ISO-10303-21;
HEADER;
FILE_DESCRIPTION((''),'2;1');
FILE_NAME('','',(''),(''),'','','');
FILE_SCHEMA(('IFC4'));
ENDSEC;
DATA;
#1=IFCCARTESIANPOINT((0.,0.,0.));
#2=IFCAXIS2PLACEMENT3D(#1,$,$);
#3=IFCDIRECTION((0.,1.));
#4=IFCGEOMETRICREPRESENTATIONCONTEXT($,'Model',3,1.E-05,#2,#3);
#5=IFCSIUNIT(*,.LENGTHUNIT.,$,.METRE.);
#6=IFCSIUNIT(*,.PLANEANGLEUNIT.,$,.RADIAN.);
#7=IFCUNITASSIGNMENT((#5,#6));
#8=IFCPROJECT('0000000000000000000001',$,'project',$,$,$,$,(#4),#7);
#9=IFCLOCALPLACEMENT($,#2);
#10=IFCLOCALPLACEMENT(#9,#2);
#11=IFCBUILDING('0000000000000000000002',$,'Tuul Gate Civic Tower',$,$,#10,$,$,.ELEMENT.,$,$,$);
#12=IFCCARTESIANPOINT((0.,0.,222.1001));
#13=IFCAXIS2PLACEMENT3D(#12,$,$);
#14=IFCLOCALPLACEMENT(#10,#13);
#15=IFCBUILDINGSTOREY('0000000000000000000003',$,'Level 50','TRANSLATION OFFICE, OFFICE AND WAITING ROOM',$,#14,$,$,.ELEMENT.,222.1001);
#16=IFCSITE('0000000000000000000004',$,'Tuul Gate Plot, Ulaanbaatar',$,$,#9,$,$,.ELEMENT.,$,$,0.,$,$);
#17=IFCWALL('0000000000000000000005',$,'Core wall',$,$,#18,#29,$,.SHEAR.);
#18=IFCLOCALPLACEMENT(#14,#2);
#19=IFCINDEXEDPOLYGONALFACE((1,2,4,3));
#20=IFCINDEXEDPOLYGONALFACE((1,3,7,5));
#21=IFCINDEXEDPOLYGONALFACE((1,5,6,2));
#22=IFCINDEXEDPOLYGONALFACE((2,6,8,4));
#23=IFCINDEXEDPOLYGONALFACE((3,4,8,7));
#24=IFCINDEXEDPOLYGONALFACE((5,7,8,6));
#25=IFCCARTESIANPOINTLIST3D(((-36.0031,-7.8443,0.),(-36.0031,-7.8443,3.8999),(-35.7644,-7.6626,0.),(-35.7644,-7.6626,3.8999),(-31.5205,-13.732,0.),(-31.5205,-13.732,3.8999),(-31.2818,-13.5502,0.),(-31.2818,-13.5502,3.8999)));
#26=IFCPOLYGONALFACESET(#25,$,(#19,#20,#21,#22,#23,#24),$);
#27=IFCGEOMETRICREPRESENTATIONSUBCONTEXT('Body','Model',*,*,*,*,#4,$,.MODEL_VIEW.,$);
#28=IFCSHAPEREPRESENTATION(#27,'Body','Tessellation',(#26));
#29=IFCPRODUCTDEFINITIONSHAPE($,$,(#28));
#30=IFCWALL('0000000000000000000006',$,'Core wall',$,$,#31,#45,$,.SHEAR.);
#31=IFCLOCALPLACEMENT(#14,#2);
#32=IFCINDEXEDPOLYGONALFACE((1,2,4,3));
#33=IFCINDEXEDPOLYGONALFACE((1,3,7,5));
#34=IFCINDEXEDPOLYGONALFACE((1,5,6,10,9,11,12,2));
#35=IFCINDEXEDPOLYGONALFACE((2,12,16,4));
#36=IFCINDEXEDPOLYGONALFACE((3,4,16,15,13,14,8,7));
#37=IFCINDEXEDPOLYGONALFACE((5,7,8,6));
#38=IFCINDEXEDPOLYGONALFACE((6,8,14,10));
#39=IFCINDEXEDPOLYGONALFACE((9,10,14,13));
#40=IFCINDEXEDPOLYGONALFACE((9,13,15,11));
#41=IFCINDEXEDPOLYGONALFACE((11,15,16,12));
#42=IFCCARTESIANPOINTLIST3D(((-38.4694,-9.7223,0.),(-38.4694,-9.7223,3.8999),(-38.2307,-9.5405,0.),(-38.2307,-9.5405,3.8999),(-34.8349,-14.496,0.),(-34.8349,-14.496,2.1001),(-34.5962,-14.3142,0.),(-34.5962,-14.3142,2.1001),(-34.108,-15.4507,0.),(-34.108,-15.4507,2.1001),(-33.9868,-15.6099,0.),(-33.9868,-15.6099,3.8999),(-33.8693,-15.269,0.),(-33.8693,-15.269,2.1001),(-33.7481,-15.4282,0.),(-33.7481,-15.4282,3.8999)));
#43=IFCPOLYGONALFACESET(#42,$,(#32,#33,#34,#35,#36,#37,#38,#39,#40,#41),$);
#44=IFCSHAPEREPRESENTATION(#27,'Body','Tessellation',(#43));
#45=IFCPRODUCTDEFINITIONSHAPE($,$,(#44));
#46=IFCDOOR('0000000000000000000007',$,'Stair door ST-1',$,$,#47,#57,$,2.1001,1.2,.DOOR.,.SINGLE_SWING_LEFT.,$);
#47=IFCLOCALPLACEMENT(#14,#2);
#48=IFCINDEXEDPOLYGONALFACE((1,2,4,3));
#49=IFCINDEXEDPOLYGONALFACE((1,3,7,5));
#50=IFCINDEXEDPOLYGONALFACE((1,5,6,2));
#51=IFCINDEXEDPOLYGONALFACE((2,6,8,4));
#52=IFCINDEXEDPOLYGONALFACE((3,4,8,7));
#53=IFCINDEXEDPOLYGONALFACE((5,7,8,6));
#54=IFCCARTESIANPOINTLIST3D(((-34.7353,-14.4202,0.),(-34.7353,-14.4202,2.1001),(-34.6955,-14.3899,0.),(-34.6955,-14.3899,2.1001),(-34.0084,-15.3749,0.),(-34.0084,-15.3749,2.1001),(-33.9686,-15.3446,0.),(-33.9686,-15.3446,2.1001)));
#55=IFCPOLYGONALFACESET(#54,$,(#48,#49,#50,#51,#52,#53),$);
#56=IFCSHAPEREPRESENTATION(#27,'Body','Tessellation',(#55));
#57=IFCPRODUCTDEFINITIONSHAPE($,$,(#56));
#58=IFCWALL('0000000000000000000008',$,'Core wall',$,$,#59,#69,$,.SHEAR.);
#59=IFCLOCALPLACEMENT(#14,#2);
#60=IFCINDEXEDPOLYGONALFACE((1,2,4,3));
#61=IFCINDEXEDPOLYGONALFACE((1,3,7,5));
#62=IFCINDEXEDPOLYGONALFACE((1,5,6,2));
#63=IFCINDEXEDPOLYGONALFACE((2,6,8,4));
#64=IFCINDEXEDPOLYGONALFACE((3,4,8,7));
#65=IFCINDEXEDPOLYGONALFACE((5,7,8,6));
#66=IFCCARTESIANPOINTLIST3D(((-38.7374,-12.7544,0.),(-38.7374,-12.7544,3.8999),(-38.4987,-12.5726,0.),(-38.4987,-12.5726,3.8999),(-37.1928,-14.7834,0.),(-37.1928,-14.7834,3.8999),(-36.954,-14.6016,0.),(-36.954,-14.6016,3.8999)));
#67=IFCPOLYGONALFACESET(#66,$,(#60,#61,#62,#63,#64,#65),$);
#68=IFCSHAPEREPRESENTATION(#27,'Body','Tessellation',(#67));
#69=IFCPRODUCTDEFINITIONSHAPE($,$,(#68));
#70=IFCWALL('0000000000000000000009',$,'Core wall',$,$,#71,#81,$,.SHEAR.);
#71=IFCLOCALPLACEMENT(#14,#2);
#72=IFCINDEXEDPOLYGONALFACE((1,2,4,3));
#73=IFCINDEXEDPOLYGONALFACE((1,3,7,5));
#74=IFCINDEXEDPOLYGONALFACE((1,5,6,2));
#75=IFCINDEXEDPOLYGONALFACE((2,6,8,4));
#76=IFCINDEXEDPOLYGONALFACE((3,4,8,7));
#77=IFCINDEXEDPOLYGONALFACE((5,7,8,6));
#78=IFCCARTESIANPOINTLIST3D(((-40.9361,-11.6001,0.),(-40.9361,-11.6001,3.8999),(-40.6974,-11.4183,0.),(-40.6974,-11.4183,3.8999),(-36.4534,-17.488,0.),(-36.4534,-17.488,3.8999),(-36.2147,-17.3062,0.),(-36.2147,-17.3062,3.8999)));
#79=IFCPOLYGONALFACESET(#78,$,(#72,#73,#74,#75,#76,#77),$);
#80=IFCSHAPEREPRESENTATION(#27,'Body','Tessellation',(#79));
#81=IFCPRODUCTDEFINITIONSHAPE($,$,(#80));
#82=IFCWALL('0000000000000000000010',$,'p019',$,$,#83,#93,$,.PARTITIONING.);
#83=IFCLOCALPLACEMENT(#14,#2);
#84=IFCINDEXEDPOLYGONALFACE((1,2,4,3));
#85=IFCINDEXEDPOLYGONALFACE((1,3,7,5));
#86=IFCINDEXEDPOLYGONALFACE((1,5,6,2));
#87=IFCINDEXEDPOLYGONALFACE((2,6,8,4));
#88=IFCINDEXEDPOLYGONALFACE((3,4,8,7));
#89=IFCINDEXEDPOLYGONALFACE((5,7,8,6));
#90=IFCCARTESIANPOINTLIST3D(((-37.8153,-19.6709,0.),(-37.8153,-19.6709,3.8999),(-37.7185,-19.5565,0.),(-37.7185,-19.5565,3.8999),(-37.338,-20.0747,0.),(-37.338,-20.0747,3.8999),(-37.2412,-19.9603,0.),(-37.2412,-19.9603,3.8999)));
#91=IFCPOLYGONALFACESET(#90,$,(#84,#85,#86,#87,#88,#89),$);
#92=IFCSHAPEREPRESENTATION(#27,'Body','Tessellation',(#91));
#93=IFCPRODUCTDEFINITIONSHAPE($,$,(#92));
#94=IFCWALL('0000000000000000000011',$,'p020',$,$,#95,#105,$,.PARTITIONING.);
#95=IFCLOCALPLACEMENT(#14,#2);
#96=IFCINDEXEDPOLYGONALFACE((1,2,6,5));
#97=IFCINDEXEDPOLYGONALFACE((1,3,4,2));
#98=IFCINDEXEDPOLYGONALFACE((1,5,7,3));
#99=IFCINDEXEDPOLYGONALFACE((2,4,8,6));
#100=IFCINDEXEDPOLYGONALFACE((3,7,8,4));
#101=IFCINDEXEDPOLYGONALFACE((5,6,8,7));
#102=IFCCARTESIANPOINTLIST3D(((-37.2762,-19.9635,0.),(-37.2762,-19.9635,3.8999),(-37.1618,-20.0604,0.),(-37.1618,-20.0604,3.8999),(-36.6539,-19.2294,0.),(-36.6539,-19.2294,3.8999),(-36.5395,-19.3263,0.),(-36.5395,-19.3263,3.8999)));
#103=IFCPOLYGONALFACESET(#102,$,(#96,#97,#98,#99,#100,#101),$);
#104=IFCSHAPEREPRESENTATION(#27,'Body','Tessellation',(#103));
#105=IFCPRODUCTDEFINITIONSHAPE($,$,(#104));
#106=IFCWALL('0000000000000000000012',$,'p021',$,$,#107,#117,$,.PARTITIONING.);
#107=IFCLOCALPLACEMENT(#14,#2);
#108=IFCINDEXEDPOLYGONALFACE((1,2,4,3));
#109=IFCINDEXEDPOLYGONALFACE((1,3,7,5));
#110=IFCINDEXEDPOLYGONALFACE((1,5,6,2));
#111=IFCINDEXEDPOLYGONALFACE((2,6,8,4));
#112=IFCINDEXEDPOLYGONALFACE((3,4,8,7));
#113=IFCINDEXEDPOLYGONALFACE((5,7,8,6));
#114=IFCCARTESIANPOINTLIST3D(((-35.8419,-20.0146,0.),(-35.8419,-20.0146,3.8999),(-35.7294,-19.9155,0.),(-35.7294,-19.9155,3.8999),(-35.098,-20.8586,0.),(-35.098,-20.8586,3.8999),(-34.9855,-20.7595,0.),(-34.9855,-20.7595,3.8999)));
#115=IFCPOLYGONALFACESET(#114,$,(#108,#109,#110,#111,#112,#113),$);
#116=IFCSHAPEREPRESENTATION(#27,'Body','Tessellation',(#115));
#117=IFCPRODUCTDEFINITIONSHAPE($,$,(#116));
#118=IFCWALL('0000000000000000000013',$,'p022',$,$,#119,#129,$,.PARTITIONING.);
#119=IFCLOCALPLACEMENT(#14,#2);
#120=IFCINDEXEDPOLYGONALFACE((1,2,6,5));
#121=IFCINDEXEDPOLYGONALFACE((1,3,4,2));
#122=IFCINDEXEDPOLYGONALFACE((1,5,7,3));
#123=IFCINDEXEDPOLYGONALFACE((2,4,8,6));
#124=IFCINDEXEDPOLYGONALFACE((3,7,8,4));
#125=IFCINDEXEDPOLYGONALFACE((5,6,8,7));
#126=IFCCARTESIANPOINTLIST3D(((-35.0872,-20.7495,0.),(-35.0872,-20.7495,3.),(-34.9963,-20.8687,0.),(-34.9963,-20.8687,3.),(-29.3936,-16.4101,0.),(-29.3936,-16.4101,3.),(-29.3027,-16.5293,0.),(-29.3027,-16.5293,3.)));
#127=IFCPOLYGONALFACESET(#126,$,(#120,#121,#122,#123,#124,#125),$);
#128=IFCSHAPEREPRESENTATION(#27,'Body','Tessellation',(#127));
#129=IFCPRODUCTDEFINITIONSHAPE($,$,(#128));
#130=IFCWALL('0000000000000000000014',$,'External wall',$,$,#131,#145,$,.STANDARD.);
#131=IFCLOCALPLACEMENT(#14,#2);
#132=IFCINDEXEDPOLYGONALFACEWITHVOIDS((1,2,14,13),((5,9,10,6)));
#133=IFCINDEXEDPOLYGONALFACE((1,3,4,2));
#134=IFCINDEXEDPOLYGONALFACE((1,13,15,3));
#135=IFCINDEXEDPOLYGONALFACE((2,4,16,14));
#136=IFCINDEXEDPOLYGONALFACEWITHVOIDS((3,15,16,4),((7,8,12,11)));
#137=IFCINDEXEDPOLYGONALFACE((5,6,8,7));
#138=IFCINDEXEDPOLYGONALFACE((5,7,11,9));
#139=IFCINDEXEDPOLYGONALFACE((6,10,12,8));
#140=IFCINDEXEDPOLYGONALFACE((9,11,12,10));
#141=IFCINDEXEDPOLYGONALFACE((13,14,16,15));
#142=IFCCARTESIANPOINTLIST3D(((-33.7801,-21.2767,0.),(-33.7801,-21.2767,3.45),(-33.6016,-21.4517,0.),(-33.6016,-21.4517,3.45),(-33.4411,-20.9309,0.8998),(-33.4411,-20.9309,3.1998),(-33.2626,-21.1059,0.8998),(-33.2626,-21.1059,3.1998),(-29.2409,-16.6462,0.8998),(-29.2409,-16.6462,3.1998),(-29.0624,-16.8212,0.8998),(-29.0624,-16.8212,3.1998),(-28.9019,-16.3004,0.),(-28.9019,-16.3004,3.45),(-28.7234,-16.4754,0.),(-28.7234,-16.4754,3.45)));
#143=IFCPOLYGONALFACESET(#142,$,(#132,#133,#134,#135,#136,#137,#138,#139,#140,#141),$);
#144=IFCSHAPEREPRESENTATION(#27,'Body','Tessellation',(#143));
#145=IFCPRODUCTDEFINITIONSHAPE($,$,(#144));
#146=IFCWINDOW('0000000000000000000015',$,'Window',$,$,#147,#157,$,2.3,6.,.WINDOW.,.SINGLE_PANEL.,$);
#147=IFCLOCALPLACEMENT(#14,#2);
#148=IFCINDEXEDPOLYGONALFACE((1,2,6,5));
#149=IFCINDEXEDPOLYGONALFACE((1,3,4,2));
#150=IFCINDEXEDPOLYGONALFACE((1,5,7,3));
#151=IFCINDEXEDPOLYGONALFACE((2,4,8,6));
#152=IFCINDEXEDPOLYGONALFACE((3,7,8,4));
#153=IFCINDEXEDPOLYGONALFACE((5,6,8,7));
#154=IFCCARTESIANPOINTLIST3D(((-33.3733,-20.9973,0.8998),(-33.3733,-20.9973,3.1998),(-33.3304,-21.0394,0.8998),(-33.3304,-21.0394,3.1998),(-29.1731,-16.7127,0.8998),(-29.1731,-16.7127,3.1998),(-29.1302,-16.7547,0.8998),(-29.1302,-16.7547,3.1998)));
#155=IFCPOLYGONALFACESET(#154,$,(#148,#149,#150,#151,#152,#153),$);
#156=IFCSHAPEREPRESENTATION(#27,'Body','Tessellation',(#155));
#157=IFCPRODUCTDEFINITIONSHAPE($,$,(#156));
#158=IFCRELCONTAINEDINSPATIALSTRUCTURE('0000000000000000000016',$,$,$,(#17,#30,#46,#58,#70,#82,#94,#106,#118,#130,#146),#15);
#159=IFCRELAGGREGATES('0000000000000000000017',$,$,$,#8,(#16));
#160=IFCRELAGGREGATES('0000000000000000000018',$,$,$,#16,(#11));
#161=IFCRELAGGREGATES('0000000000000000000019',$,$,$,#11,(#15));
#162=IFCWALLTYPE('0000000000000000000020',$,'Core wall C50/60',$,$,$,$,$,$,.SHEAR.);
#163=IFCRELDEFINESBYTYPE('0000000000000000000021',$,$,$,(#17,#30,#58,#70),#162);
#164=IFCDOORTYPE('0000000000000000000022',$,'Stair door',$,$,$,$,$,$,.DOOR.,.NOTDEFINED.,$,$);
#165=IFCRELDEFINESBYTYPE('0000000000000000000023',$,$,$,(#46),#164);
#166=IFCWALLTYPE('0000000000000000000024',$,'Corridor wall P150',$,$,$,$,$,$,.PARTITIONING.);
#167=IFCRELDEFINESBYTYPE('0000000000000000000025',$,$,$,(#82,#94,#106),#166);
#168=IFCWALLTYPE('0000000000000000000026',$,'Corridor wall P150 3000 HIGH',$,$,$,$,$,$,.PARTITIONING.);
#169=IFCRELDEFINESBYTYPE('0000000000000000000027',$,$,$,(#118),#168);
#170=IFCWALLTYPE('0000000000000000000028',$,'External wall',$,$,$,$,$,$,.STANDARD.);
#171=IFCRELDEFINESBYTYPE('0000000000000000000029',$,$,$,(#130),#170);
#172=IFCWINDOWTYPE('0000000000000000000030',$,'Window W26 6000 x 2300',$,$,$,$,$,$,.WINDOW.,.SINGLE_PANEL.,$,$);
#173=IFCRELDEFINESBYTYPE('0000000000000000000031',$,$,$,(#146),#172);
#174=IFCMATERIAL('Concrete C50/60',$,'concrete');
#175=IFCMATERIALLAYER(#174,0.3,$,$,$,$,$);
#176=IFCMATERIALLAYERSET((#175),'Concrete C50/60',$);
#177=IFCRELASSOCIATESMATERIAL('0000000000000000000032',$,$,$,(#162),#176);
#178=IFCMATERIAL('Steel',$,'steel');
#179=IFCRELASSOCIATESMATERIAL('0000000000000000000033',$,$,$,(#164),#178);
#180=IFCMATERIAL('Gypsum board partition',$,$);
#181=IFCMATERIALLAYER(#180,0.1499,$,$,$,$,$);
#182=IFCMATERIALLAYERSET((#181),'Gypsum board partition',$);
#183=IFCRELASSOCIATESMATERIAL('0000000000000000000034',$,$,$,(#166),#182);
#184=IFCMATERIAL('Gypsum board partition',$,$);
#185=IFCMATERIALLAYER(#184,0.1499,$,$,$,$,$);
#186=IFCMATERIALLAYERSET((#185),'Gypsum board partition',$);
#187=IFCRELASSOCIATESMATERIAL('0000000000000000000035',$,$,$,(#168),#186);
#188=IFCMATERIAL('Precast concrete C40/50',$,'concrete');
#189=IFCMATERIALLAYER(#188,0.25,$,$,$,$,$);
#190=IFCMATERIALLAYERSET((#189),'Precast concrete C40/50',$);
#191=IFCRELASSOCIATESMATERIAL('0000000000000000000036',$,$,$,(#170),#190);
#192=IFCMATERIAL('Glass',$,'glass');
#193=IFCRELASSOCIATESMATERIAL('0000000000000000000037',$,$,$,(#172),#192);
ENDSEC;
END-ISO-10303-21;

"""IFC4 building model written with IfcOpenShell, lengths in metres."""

from ifc_helpers import new_model, si_unit, direction, frame, frame_2d, origin, place, context, subcontext, project, spatial, rectangle, extrude, material, layer, layer_set, type_object, element, fill, save


model = new_model("IFC4")

# Units and contexts
model_context = context("Model", 3, precision=1e-05, world=origin(), true_north=direction((0.0, 1.0)))
body_context = subcontext(model_context, "Body", "Model", "MODEL_VIEW")
ifc_project = project(units=[si_unit("LENGTHUNIT", "METRE"), si_unit("PLANEANGLEUNIT", "RADIAN")], contexts=[model_context])

# Site, building, storey
site_placement = place(None, origin())
site = spatial("IfcSite", under=ifc_project, at=site_placement, Name="Tuul Gate Plot, Ulaanbaatar", CompositionType="ELEMENT", RefElevation=0.0)
building_placement = place(site_placement, origin())
building = spatial("IfcBuilding", under=site, at=building_placement, Name="Tuul Gate Civic Tower", CompositionType="ELEMENT")
storey_placement = place(building_placement, frame((0.0, 0.0, 222.1001)))
storey = spatial("IfcBuildingStorey", under=building, at=storey_placement, Name="Level 50", Description="TRANSLATION OFFICE, OFFICE AND WAITING ROOM", CompositionType="ELEMENT", Elevation=222.1001)

# Shared definitions
ifc_material_1 = material(Name="Concrete C50/60", Category="concrete")
ifc_layer_1 = layer(ifc_material_1, 0.3)
ifc_layer_set_1 = layer_set([ifc_layer_1], Name="Concrete C50/60")
wall_type_1 = type_object("IfcWallType", Name="Core wall C50/60", PredefinedType="SHEAR", material=ifc_layer_set_1)

# Wall
wall_1_placement = place(storey_placement, frame((-31.4011, -13.6411, 0.0), z_axis=(0.0, 0.0, 1.0), x_axis=(-0.60577, 0.79564, 0.0)))
element("IfcWall", 1, at=wall_1_placement, inside=storey, type_object=wall_type_1, Name="Core wall", PredefinedType="SHEAR", context=body_context, shape_type="SweptSolid", body=[
    extrude(rectangle(XDim=7.3999, YDim=0.3, at=frame_2d((3.7, 0.0))), origin(), (0.0, 0.0, 1.0), 3.8999),
])

# Wall, opening, door
wall_2_placement = place(storey_placement, frame((-33.8674, -15.519, 0.0), z_axis=(0.0, 0.0, 1.0), x_axis=(-0.60577, 0.79564, 0.0)))
wall_2 = element("IfcWall", 2, at=wall_2_placement, inside=storey, type_object=wall_type_1, Name="Core wall", PredefinedType="SHEAR", context=body_context, shape_type="SweptSolid", body=[
    extrude(rectangle(XDim=7.3999, YDim=0.3, at=frame_2d((3.7, 0.0))), origin(), (0.0, 0.0, 1.0), 3.8999),
])
opening_1_placement = place(wall_2_placement, frame((0.2, 0.0, 0.0)))
opening_1 = element("IfcOpeningElement", 3, at=opening_1_placement, cuts=wall_2, PredefinedType="OPENING", context=body_context, shape_type="SweptSolid", body=[
    extrude(rectangle(XDim=1.2, YDim=2.1001, at=frame_2d((0.6001, 1.05))), frame((0.0, 0.1602, 0.0), z_axis=(0.0, -1.0, 0.0), x_axis=(1.0, 0.0, 0.0)), (0.0, 0.0, 1.0), 0.3201),
])
ifc_material_2 = material(Name="Steel", Category="steel")
door_type_1 = type_object("IfcDoorType", Name="Stair door", OperationType="NOTDEFINED", PredefinedType="DOOR", material=ifc_material_2)
door_1_placement = place(opening_1_placement, origin())
door_1 = element("IfcDoor", 4, at=door_1_placement, inside=storey, type_object=door_type_1, Name="Stair door ST-1", OperationType="SINGLE_SWING_LEFT", OverallHeight=2.1001, OverallWidth=1.2, PredefinedType="DOOR", context=body_context, shape_type="SweptSolid", body=[
    extrude(rectangle(XDim=1.2, YDim=2.1001, at=frame_2d((0.6001, 1.05))), frame((0.0, 0.0249, 0.0), z_axis=(0.0, -1.0, 0.0), x_axis=(1.0, 0.0, 0.0)), (0.0, 0.0, 1.0), 0.05),
])
fill(opening_1, door_1)

# Walls
wall_3_placement = place(storey_placement, frame((-37.0735, -14.6924, 0.0), z_axis=(0.0, 0.0, 1.0), x_axis=(-0.605729, 0.795671, 0.0)))
element("IfcWall", 5, at=wall_3_placement, inside=storey, type_object=wall_type_1, Name="Core wall", PredefinedType="SHEAR", context=body_context, shape_type="SweptSolid", body=[
    extrude(rectangle(XDim=2.55, YDim=0.3, at=frame_2d((1.2749, 0.0))), origin(), (0.0, 0.0, 1.0), 3.8999),
])
wall_4_placement = place(storey_placement, frame((-36.334, -17.3972, 0.0), z_axis=(0.0, 0.0, 1.0), x_axis=(-0.605754, 0.795652, 0.0)))
element("IfcWall", 6, at=wall_4_placement, inside=storey, type_object=wall_type_1, Name="Core wall", PredefinedType="SHEAR", context=body_context, shape_type="SweptSolid", body=[
    extrude(rectangle(XDim=7.4001, YDim=0.3, at=frame_2d((3.7002, 0.0))), origin(), (0.0, 0.0, 1.0), 3.8999),
])
ifc_material_3 = material(Name="Gypsum board partition")
ifc_layer_2 = layer(ifc_material_3, 0.1499)
ifc_layer_set_2 = layer_set([ifc_layer_2], Name="Gypsum board partition")
wall_type_2 = type_object("IfcWallType", Name="Corridor wall P150", PredefinedType="PARTITIONING", material=ifc_layer_set_2)
wall_5_placement = place(storey_placement, frame((-37.7668, -19.6138, 0.0), z_axis=(0.0, 0.0, 1.0), x_axis=(0.763431, -0.64589, 0.0)))
element("IfcWall", 7, at=wall_5_placement, inside=storey, type_object=wall_type_2, Name="p019", PredefinedType="PARTITIONING", context=body_context, shape_type="SweptSolid", body=[
    extrude(rectangle(XDim=0.6252, YDim=0.1499, at=frame_2d((0.3125, 0.0))), origin(), (0.0, 0.0, 1.0), 3.8999),
])
wall_6_placement = place(storey_placement, frame((-37.219, -20.012, 0.0), z_axis=(0.0, 0.0, 1.0), x_axis=(0.646624, 0.762809, 0.0)))
element("IfcWall", 8, at=wall_6_placement, inside=storey, type_object=wall_type_2, Name="p020", PredefinedType="PARTITIONING", context=body_context, shape_type="SweptSolid", body=[
    extrude(rectangle(XDim=0.9624, YDim=0.1499, at=frame_2d((0.4812, 0.0))), origin(), (0.0, 0.0, 1.0), 3.8999),
])
wall_7_placement = place(storey_placement, frame((-35.7856, -19.9651, 0.0), z_axis=(0.0, 0.0, 1.0), x_axis=(0.66122, -0.750192, 0.0)))
element("IfcWall", 9, at=wall_7_placement, inside=storey, type_object=wall_type_2, Name="p021", PredefinedType="PARTITIONING", context=body_context, shape_type="SweptSolid", body=[
    extrude(rectangle(XDim=1.125, YDim=0.1499, at=frame_2d((0.5625, 0.0))), origin(), (0.0, 0.0, 1.0), 3.8999),
])
ifc_material_4 = material(Name="Gypsum board partition")
ifc_layer_3 = layer(ifc_material_4, 0.1499)
ifc_layer_set_3 = layer_set([ifc_layer_3], Name="Gypsum board partition")
wall_type_3 = type_object("IfcWallType", Name="Corridor wall P150 3000 HIGH", PredefinedType="PARTITIONING", material=ifc_layer_set_3)
wall_8_placement = place(storey_placement, frame((-35.0417, -20.8091, 0.0), z_axis=(0.0, 0.0, 1.0), x_axis=(0.795339, 0.606164, 0.0)))
element("IfcWall", 10, at=wall_8_placement, inside=storey, type_object=wall_type_3, Name="p022", PredefinedType="PARTITIONING", context=body_context, shape_type="SweptSolid", body=[
    extrude(rectangle(XDim=7.1587, YDim=0.1499, at=frame_2d((3.5793, 0.0))), origin(), (0.0, 0.0, 1.0), 3.0),
])

# Wall, opening, window
ifc_material_5 = material(Name="Precast concrete C40/50", Category="concrete")
ifc_layer_4 = layer(ifc_material_5, 0.25)
ifc_layer_set_4 = layer_set([ifc_layer_4], Name="Precast concrete C40/50")
wall_type_4 = type_object("IfcWallType", Name="External wall", PredefinedType="STANDARD", material=ifc_layer_set_4)
wall_9_placement = place(storey_placement, frame((-33.6909, -21.3643, 0.0), z_axis=(0.0, 0.0, 1.0), x_axis=(0.70003, 0.714114, 0.0)))
wall_9 = element("IfcWall", 11, at=wall_9_placement, inside=storey, type_object=wall_type_4, Name="External wall", PredefinedType="STANDARD", context=body_context, shape_type="SweptSolid", body=[
    extrude(rectangle(XDim=6.9685, YDim=0.25, at=frame_2d((3.4844, 0.0))), origin(), (0.0, 0.0, 1.0), 3.45),
])
opening_2_placement = place(wall_9_placement, frame((0.4844, 0.0, 0.8999)))
opening_2 = element("IfcOpeningElement", 12, at=opening_2_placement, cuts=wall_9, PredefinedType="OPENING", context=body_context, shape_type="SweptSolid", body=[
    extrude(rectangle(XDim=6.0, YDim=2.3, at=frame_2d((3.0, 1.1499))), frame((0.0, 0.135, 0.0), z_axis=(0.0, -1.0, 0.0), x_axis=(1.0, 0.0, 0.0)), (0.0, 0.0, 1.0), 0.27),
])
ifc_material_6 = material(Name="Glass", Category="glass")
window_type = type_object("IfcWindowType", Name="Window W26 6000 x 2300", PartitioningType="SINGLE_PANEL", PredefinedType="WINDOW", material=ifc_material_6)
window_placement = place(opening_2_placement, origin())
window = element("IfcWindow", 13, at=window_placement, inside=storey, type_object=window_type, Name="Window", OverallHeight=2.3, OverallWidth=6.0, PartitioningType="SINGLE_PANEL", PredefinedType="WINDOW", context=body_context, shape_type="SweptSolid", body=[
    extrude(rectangle(XDim=6.0, YDim=2.3, at=frame_2d((3.0, 1.1499))), frame((0.0, 0.03, 0.0), z_axis=(0.0, -1.0, 0.0), x_axis=(1.0, 0.0, 0.0)), (0.0, 0.0, 1.0), 0.0601),
])
fill(opening_2, window)

save(model, "model.ifc")
